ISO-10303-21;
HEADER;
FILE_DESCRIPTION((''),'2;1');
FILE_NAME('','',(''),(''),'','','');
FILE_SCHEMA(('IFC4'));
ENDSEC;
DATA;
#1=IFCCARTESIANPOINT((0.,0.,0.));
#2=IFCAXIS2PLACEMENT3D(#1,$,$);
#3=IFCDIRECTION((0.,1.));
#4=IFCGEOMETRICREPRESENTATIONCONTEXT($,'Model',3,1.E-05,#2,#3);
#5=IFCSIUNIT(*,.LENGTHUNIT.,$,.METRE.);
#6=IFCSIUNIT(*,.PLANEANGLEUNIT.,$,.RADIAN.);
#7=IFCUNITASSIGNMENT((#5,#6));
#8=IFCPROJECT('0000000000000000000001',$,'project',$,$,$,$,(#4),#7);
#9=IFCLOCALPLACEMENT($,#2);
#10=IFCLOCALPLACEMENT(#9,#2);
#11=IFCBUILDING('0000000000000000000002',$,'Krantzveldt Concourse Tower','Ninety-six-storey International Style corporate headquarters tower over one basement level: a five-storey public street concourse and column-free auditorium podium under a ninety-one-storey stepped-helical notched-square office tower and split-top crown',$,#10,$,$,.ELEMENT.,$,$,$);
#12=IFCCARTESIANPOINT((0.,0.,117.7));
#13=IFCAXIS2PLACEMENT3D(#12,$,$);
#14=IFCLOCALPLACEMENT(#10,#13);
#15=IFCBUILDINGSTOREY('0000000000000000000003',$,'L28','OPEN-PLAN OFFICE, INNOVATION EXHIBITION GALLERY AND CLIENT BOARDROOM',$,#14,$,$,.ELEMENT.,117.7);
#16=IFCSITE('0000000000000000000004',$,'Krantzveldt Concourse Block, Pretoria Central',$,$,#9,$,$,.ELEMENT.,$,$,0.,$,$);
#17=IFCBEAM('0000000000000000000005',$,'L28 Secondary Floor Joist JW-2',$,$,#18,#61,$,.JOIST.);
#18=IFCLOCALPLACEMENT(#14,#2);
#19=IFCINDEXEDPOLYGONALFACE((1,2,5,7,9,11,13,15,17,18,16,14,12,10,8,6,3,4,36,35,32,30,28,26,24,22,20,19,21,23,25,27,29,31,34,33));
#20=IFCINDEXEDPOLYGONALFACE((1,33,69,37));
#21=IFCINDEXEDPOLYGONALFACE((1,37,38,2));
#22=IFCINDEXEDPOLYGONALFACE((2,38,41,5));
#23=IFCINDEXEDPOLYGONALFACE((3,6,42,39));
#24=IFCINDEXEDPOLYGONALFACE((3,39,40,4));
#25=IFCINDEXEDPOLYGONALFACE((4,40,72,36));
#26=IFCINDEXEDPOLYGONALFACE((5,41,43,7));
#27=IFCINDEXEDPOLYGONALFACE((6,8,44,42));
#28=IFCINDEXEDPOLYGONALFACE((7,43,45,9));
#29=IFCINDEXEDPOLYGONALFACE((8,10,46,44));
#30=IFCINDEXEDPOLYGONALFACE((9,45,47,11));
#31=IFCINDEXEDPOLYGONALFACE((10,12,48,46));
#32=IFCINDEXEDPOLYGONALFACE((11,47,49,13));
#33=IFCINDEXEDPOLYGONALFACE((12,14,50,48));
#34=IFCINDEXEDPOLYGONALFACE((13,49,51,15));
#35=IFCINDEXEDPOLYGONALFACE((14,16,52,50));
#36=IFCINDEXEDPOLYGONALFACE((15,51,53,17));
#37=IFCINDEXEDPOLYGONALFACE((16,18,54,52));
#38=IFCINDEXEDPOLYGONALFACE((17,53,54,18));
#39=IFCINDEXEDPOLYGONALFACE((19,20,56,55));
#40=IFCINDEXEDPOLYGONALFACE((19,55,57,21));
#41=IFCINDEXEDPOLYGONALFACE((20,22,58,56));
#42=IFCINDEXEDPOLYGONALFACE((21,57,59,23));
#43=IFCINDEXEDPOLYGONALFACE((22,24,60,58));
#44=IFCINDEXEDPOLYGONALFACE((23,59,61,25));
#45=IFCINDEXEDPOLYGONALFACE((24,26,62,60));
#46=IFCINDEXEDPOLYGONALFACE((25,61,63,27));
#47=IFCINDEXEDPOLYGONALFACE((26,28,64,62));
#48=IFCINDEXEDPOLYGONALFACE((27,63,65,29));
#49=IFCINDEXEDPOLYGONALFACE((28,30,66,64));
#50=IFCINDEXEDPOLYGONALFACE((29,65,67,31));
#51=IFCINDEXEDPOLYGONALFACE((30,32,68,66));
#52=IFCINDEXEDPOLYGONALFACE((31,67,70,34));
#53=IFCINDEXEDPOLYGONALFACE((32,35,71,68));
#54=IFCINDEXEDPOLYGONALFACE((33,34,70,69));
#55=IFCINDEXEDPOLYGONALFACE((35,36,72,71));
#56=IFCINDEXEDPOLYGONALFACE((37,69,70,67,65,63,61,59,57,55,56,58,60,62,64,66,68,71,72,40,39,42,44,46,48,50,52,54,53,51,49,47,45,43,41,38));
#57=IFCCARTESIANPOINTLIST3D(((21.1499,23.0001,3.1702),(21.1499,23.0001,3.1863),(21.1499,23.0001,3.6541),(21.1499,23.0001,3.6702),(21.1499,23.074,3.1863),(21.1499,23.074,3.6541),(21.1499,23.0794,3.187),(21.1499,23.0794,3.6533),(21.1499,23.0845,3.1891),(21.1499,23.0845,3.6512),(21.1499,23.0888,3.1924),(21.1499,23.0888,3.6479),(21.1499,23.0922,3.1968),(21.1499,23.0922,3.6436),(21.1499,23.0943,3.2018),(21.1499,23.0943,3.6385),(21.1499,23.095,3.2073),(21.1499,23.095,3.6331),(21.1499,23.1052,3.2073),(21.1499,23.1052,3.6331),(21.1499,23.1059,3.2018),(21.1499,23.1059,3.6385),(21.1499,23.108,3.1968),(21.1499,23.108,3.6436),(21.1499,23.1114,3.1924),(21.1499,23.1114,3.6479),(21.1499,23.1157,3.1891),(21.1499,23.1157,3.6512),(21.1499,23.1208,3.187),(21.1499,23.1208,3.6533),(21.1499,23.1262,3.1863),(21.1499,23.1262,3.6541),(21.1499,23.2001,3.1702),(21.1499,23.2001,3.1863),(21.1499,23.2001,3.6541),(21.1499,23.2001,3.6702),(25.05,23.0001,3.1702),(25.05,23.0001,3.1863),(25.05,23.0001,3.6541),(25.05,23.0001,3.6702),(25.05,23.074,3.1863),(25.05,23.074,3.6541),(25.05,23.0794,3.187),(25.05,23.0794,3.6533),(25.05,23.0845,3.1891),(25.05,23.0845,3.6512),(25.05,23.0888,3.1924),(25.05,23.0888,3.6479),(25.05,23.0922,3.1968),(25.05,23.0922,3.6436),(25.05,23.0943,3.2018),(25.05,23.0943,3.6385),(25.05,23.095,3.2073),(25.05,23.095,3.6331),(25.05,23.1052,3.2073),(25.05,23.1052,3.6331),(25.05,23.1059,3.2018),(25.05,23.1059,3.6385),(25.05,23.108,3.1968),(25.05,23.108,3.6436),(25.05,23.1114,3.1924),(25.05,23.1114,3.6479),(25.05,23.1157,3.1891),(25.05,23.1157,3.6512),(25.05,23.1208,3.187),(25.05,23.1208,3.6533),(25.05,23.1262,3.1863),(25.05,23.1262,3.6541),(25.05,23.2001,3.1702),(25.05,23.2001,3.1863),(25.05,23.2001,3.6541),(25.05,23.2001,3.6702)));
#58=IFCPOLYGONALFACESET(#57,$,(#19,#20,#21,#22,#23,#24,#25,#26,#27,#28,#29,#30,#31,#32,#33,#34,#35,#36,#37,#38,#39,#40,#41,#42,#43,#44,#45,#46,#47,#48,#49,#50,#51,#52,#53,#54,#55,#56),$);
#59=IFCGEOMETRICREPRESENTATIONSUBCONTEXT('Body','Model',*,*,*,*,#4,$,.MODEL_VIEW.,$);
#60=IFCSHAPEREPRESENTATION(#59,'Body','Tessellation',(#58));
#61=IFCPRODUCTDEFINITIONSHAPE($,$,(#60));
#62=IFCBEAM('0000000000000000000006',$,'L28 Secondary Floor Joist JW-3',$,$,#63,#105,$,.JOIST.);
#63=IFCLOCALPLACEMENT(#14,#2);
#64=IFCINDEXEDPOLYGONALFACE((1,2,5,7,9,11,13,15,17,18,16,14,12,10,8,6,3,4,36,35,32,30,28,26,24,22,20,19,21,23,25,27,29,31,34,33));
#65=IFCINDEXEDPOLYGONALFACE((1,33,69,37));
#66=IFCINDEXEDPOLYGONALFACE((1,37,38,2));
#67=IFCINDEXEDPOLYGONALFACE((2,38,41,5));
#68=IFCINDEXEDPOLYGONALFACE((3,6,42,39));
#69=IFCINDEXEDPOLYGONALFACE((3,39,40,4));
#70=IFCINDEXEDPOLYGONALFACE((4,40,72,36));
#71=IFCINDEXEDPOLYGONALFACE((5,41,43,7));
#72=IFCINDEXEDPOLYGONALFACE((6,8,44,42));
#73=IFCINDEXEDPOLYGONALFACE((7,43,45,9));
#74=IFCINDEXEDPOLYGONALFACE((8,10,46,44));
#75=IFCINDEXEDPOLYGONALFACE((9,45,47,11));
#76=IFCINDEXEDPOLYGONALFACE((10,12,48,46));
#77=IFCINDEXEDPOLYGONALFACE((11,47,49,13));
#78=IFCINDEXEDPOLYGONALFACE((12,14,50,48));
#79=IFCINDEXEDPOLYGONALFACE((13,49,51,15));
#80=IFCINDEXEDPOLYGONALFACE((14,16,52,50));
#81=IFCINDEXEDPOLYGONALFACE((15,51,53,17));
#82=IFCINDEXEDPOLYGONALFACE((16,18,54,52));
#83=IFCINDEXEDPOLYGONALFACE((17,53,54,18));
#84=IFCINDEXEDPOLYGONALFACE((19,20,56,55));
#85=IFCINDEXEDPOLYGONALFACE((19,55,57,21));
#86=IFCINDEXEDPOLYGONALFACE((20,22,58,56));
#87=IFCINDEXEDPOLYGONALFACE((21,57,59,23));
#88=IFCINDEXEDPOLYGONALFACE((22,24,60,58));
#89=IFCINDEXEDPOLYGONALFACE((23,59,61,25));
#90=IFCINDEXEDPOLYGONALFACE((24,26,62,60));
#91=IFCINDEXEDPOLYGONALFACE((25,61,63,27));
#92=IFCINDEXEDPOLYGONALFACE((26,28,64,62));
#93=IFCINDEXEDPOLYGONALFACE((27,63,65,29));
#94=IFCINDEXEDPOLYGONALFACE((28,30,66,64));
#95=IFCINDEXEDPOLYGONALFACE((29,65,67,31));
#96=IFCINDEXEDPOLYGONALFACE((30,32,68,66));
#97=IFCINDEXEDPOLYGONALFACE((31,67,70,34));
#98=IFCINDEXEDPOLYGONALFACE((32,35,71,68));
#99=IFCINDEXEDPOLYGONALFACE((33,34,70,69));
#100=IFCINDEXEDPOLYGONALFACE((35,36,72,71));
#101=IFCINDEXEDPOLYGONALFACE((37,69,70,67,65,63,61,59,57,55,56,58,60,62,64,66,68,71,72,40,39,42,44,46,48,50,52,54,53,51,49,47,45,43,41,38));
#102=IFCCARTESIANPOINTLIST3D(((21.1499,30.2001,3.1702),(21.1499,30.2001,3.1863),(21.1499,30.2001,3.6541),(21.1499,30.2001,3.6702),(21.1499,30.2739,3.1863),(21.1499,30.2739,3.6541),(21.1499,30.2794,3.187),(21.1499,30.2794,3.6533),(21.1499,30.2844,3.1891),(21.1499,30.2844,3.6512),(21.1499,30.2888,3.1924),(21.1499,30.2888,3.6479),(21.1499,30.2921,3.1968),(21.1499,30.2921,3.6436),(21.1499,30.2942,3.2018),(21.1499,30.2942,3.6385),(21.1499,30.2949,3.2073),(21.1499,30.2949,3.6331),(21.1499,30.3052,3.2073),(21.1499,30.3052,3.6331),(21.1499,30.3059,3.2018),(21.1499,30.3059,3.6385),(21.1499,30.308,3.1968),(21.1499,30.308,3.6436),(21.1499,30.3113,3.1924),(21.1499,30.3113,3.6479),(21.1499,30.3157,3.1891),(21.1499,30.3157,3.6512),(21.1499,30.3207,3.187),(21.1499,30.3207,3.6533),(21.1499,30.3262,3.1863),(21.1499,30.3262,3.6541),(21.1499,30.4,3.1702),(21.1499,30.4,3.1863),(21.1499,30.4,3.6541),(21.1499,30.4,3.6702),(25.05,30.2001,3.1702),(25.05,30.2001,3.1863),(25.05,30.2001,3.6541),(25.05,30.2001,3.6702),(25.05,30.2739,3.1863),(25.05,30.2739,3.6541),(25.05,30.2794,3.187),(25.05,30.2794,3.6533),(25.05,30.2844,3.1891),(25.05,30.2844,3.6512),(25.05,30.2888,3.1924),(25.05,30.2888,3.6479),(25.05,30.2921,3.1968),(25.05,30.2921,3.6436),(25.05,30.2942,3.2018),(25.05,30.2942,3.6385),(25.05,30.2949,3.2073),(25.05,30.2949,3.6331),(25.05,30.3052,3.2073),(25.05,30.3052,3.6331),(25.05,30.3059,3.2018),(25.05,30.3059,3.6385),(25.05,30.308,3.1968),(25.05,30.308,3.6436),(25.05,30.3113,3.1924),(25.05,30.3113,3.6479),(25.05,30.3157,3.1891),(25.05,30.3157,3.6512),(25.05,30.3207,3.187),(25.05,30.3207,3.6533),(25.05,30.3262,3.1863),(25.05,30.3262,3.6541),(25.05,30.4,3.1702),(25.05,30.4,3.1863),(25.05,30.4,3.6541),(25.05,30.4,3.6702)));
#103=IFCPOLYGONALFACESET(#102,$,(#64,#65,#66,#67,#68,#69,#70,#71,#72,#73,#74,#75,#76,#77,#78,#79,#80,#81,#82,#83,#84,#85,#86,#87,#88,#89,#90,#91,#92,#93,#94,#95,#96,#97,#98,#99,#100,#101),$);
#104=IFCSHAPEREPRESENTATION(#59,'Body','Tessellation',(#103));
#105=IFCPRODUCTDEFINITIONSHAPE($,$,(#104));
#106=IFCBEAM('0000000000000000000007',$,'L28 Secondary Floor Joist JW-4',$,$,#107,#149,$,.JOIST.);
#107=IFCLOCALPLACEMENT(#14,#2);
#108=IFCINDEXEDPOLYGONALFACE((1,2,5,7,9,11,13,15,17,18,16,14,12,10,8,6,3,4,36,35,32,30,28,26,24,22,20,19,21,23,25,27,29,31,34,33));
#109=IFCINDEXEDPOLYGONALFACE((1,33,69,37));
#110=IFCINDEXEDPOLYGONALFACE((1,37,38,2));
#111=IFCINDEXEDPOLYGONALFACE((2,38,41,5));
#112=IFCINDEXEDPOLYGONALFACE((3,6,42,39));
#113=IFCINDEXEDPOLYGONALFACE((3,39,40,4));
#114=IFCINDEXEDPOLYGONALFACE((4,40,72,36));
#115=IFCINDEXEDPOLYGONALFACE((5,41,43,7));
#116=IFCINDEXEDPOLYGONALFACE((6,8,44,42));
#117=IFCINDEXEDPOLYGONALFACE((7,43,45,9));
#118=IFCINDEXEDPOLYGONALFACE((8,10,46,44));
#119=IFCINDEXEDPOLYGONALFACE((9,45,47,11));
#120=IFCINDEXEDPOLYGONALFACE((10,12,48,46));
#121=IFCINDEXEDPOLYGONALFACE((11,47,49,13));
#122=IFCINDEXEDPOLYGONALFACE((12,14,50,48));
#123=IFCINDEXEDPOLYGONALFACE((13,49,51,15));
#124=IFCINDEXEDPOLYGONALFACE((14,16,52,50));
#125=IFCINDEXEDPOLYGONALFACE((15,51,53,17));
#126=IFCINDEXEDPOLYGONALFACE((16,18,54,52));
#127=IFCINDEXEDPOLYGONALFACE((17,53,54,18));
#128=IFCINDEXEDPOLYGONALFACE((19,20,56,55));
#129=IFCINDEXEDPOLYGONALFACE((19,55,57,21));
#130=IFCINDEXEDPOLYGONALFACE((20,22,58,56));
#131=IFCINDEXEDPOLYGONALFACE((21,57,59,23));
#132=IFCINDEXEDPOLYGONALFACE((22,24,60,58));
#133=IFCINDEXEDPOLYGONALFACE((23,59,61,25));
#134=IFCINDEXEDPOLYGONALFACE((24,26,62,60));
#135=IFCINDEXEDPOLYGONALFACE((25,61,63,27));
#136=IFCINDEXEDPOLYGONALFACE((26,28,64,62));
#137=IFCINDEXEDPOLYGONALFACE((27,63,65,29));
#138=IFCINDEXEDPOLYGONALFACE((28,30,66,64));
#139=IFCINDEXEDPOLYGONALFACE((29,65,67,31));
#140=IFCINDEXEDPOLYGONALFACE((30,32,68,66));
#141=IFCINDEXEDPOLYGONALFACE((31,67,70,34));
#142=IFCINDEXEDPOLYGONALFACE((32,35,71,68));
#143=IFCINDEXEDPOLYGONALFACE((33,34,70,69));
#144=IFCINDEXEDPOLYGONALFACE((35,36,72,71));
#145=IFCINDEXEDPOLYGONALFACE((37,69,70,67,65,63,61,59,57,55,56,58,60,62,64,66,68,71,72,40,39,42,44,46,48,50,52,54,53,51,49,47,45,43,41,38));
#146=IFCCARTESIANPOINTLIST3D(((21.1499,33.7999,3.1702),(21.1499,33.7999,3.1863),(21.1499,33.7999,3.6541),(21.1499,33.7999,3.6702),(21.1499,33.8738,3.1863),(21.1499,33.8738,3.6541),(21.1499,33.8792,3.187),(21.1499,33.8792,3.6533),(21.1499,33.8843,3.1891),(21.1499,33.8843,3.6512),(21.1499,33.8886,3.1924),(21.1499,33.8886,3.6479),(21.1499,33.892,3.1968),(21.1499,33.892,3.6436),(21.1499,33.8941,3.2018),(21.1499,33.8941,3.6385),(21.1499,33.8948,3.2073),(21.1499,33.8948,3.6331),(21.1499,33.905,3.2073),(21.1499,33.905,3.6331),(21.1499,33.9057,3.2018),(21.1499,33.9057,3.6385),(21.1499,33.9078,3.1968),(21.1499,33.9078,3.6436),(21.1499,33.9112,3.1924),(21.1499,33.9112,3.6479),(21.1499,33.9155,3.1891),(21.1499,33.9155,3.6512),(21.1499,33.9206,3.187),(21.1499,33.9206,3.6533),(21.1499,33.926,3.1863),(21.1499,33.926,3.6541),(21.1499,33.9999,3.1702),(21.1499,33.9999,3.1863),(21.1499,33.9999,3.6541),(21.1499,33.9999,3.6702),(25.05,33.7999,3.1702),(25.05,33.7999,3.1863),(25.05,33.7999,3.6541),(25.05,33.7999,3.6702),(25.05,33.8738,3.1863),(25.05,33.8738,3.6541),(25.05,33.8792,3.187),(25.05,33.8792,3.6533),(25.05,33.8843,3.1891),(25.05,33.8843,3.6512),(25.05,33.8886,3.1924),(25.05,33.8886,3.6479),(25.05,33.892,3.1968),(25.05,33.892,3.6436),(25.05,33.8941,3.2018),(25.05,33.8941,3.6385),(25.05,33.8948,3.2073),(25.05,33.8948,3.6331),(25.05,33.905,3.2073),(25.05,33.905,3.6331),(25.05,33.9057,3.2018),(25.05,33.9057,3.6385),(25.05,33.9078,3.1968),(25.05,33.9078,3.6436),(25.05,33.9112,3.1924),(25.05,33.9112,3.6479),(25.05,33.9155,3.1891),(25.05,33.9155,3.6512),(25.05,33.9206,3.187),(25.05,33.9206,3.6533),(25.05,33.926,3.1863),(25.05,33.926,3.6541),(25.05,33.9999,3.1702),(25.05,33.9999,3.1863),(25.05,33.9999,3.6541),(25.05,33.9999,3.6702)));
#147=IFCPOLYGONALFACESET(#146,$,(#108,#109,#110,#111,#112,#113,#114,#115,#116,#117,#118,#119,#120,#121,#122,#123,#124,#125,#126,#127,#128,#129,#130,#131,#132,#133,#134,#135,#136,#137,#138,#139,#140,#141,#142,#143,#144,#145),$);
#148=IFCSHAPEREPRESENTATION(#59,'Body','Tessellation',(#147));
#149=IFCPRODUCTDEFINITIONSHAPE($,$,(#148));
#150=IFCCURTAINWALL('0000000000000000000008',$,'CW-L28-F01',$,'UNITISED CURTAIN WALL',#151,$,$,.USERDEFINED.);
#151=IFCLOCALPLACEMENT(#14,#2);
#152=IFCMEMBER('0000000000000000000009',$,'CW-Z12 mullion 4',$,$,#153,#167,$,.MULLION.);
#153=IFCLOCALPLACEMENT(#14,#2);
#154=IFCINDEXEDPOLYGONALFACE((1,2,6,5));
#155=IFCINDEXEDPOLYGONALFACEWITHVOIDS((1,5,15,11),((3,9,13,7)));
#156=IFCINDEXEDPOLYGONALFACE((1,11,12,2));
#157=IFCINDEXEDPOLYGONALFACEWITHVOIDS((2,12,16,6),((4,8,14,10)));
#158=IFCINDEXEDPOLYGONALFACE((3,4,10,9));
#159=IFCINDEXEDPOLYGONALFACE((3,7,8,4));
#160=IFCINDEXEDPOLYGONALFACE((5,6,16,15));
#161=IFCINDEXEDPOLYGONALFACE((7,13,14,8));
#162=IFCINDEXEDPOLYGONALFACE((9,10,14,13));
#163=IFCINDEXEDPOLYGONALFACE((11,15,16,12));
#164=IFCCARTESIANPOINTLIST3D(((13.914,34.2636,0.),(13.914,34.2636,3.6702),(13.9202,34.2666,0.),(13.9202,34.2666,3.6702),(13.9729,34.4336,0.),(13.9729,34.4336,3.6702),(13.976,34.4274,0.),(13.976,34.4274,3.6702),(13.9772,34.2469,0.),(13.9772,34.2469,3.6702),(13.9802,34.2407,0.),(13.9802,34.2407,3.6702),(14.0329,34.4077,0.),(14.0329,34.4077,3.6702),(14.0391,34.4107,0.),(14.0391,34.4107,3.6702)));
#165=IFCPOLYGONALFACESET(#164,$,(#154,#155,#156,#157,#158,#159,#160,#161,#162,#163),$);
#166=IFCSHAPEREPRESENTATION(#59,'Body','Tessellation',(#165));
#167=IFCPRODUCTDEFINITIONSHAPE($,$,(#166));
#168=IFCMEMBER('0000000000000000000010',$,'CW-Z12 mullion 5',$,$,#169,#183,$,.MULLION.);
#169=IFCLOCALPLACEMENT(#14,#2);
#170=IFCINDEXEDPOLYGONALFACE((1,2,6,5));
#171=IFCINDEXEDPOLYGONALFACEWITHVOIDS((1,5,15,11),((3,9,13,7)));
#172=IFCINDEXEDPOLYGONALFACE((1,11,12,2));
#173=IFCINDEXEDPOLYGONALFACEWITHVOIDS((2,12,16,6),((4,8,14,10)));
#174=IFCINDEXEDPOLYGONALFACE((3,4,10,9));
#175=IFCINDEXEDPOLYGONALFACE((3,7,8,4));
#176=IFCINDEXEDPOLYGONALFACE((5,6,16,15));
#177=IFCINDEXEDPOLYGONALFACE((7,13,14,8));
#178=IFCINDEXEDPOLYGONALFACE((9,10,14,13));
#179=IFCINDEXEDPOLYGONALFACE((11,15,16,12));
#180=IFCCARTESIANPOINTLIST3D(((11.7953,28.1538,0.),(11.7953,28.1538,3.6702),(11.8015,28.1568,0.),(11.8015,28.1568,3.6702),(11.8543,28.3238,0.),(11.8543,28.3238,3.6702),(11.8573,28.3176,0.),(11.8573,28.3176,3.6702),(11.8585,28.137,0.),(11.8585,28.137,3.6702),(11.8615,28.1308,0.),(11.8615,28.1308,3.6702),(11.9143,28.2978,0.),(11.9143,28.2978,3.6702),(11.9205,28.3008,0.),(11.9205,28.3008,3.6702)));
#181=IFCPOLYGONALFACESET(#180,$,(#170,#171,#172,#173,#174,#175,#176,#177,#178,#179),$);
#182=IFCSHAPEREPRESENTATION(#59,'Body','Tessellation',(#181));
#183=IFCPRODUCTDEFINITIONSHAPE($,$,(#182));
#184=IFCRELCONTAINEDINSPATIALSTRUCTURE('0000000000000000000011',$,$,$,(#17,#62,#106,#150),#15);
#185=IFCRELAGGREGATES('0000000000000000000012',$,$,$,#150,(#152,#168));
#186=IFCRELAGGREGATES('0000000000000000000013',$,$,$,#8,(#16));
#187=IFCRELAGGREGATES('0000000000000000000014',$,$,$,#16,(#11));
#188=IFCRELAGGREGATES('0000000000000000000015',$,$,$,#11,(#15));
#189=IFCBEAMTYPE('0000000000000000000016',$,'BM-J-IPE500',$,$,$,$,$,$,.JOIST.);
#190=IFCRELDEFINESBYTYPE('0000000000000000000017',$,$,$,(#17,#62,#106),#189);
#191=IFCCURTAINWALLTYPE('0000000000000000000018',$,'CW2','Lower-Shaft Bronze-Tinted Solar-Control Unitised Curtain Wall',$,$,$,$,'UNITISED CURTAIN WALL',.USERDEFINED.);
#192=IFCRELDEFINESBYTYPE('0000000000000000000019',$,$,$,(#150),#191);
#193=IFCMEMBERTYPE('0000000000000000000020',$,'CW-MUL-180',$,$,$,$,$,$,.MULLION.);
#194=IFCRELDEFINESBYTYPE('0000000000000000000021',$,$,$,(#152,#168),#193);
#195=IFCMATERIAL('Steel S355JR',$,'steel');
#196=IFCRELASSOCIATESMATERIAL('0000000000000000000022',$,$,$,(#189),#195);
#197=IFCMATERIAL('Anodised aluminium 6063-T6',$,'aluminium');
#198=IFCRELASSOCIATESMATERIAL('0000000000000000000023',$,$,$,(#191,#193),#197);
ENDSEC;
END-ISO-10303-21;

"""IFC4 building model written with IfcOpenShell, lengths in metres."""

from ifc_helpers import new_model, si_unit, direction, frame, origin, origin_2d, place, context, subcontext, project, spatial, hollow_rectangle, i_section, extrude, source, transform, mapped, material, material_profile, profile_set, type_object, type_shapes, element, aggregate, save


model = new_model("IFC4")

# Units and contexts
model_context = context("Model", 3, precision=1e-05, world=origin(), true_north=direction((0.0, 1.0)))
body_context = subcontext(model_context, "Body", "Model", "MODEL_VIEW")
ifc_project = project(units=[si_unit("LENGTHUNIT", "METRE"), si_unit("PLANEANGLEUNIT", "RADIAN")], contexts=[model_context])

# Site, building, storey
site_placement = place(None, origin())
site = spatial("IfcSite", under=ifc_project, at=site_placement, Name="Krantzveldt Concourse Block, Pretoria Central", CompositionType="ELEMENT", RefElevation=0.0)
building_placement = place(site_placement, origin())
building = spatial("IfcBuilding", under=site, at=building_placement, Name="Krantzveldt Concourse Tower", Description="Ninety-six-storey International Style corporate headquarters tower over one basement level: a five-storey public street concourse and column-free auditorium podium under a ninety-one-storey stepped-helical notched-square office tower and split-top crown", CompositionType="ELEMENT")
storey_placement = place(building_placement, frame((0.0, 0.0, 117.7)))
storey = spatial("IfcBuildingStorey", under=building, at=storey_placement, Name="L28", Description="OPEN-PLAN OFFICE, INNOVATION EXHIBITION GALLERY AND CLIENT BOARDROOM", CompositionType="ELEMENT", Elevation=117.7)

# Beams
ifc_material_1 = material(Name="Steel S355JR", Category="steel")
ifc_material_profile_1 = material_profile(ifc_material_1, i_section(OverallWidth=0.2, OverallDepth=0.5, WebThickness=0.0103, FlangeThickness=0.0161, FilletRadius=0.021, at=origin_2d()), Name="Steel S355JR", Category="steel")
ifc_profile_set_1 = profile_set([ifc_material_profile_1], Name="Steel S355JR - IPE 500")
beam_type_1 = type_object("IfcBeamType", Name="BM-J-IPE500", PredefinedType="JOIST", material=ifc_profile_set_1)
shared_shape_1 = source(origin(), body_context, "Body", "SweptSolid", [
    extrude(i_section(OverallWidth=0.2, OverallDepth=0.5, WebThickness=0.0103, FlangeThickness=0.0161, FilletRadius=0.021, at=origin_2d()), origin(), (0.0, 0.0, 1.0), 3.9001),
])
type_shapes(beam_type_1, [shared_shape_1])
for number, where, z_axis, x_axis, name in (
    (1, (21.1499, 23.1001, 3.4202), (1.0, 0.0, 0.0), (0.0, 1.0, 0.0), "L28 Secondary Floor Joist JW-2"),
    (2, (21.1499, 30.3, 3.4202), (1.0, 0.0, 0.0), (0.0, 1.0, 0.0), "L28 Secondary Floor Joist JW-3"),
    (3, (21.1499, 33.8999, 3.4202), (1.0, 0.0, 0.0), (0.0, 1.0, 0.0), "L28 Secondary Floor Joist JW-4"),
):
    element("IfcBeam", number, at=place(storey_placement, frame(where, z_axis=z_axis, x_axis=x_axis)), inside=storey, type_object=beam_type_1, Name=name, PredefinedType="JOIST", context=body_context, shape_type="MappedRepresentation", body=[
        mapped(shared_shape_1, transform((0.0, 0.0, 0.0), x_axis=(1.0, 0.0, 0.0), y_axis=(0.0, 1.0, 0.0), z_axis=(0.0, 0.0, 1.0), scale=1.0)),
    ])

# Curtain wall, members
ifc_material_2 = material(Name="Anodised aluminium 6063-T6", Category="aluminium")
curtain_wall_type = type_object("IfcCurtainWallType", Name="CW2", Description="Lower-Shaft Bronze-Tinted Solar-Control Unitised Curtain Wall", ElementType="UNITISED CURTAIN WALL", PredefinedType="USERDEFINED", material=ifc_material_2)
curtain_wall_placement = place(storey_placement, origin())
curtain_wall = element("IfcCurtainWall", 4, at=curtain_wall_placement, inside=storey, type_object=curtain_wall_type, Name="CW-L28-F01", ObjectType="UNITISED CURTAIN WALL", PredefinedType="USERDEFINED")
ifc_material_profile_2 = material_profile(ifc_material_2, hollow_rectangle(XDim=0.0701, YDim=0.1799, WallThickness=0.0049, at=origin_2d()), Name="Anodised aluminium 6063-T6", Category="aluminium")
ifc_profile_set_2 = profile_set([ifc_material_profile_2], Name="Anodised aluminium 6063-T6 - ALU-MULL 180x70x5")
member_type_1 = type_object("IfcMemberType", Name="CW-MUL-180", PredefinedType="MULLION", material=ifc_profile_set_2)
shared_shape_2 = source(origin(), body_context, "Body", "SweptSolid", [
    extrude(hollow_rectangle(XDim=0.0701, YDim=0.1799, WallThickness=0.0049, at=origin_2d()), origin(), (0.0, 0.0, 1.0), 3.6702),
])
type_shapes(member_type_1, [shared_shape_2])
member_1_placement = place(storey_placement, frame((13.9766, 34.3372, 0.0), z_axis=(0.0, 0.0, 1.0), x_axis=(0.944806, -0.32763, 0.0)))
member_1 = element("IfcMember", 5, at=member_1_placement, type_object=member_type_1, Name="CW-Z12 mullion 4", PredefinedType="MULLION", context=body_context, shape_type="MappedRepresentation", body=[
    mapped(shared_shape_2, transform((0.0, 0.0, 0.0), x_axis=(1.0, 0.0, 0.0), y_axis=(0.0, 1.0, 0.0), z_axis=(0.0, 0.0, 1.0), scale=1.0)),
])
member_2_placement = place(storey_placement, frame((11.8579, 28.2273, 0.0), z_axis=(0.0, 0.0, 1.0), x_axis=(0.944806, -0.32763, 0.0)))
member_2 = element("IfcMember", 6, at=member_2_placement, type_object=member_type_1, Name="CW-Z12 mullion 5", PredefinedType="MULLION", context=body_context, shape_type="MappedRepresentation", body=[
    mapped(shared_shape_2, transform((0.0, 0.0, 0.0), x_axis=(1.0, 0.0, 0.0), y_axis=(0.0, 1.0, 0.0), z_axis=(0.0, 0.0, 1.0), scale=1.0)),
])
aggregate(curtain_wall, [member_1, member_2])

save(model, "model.ifc")
